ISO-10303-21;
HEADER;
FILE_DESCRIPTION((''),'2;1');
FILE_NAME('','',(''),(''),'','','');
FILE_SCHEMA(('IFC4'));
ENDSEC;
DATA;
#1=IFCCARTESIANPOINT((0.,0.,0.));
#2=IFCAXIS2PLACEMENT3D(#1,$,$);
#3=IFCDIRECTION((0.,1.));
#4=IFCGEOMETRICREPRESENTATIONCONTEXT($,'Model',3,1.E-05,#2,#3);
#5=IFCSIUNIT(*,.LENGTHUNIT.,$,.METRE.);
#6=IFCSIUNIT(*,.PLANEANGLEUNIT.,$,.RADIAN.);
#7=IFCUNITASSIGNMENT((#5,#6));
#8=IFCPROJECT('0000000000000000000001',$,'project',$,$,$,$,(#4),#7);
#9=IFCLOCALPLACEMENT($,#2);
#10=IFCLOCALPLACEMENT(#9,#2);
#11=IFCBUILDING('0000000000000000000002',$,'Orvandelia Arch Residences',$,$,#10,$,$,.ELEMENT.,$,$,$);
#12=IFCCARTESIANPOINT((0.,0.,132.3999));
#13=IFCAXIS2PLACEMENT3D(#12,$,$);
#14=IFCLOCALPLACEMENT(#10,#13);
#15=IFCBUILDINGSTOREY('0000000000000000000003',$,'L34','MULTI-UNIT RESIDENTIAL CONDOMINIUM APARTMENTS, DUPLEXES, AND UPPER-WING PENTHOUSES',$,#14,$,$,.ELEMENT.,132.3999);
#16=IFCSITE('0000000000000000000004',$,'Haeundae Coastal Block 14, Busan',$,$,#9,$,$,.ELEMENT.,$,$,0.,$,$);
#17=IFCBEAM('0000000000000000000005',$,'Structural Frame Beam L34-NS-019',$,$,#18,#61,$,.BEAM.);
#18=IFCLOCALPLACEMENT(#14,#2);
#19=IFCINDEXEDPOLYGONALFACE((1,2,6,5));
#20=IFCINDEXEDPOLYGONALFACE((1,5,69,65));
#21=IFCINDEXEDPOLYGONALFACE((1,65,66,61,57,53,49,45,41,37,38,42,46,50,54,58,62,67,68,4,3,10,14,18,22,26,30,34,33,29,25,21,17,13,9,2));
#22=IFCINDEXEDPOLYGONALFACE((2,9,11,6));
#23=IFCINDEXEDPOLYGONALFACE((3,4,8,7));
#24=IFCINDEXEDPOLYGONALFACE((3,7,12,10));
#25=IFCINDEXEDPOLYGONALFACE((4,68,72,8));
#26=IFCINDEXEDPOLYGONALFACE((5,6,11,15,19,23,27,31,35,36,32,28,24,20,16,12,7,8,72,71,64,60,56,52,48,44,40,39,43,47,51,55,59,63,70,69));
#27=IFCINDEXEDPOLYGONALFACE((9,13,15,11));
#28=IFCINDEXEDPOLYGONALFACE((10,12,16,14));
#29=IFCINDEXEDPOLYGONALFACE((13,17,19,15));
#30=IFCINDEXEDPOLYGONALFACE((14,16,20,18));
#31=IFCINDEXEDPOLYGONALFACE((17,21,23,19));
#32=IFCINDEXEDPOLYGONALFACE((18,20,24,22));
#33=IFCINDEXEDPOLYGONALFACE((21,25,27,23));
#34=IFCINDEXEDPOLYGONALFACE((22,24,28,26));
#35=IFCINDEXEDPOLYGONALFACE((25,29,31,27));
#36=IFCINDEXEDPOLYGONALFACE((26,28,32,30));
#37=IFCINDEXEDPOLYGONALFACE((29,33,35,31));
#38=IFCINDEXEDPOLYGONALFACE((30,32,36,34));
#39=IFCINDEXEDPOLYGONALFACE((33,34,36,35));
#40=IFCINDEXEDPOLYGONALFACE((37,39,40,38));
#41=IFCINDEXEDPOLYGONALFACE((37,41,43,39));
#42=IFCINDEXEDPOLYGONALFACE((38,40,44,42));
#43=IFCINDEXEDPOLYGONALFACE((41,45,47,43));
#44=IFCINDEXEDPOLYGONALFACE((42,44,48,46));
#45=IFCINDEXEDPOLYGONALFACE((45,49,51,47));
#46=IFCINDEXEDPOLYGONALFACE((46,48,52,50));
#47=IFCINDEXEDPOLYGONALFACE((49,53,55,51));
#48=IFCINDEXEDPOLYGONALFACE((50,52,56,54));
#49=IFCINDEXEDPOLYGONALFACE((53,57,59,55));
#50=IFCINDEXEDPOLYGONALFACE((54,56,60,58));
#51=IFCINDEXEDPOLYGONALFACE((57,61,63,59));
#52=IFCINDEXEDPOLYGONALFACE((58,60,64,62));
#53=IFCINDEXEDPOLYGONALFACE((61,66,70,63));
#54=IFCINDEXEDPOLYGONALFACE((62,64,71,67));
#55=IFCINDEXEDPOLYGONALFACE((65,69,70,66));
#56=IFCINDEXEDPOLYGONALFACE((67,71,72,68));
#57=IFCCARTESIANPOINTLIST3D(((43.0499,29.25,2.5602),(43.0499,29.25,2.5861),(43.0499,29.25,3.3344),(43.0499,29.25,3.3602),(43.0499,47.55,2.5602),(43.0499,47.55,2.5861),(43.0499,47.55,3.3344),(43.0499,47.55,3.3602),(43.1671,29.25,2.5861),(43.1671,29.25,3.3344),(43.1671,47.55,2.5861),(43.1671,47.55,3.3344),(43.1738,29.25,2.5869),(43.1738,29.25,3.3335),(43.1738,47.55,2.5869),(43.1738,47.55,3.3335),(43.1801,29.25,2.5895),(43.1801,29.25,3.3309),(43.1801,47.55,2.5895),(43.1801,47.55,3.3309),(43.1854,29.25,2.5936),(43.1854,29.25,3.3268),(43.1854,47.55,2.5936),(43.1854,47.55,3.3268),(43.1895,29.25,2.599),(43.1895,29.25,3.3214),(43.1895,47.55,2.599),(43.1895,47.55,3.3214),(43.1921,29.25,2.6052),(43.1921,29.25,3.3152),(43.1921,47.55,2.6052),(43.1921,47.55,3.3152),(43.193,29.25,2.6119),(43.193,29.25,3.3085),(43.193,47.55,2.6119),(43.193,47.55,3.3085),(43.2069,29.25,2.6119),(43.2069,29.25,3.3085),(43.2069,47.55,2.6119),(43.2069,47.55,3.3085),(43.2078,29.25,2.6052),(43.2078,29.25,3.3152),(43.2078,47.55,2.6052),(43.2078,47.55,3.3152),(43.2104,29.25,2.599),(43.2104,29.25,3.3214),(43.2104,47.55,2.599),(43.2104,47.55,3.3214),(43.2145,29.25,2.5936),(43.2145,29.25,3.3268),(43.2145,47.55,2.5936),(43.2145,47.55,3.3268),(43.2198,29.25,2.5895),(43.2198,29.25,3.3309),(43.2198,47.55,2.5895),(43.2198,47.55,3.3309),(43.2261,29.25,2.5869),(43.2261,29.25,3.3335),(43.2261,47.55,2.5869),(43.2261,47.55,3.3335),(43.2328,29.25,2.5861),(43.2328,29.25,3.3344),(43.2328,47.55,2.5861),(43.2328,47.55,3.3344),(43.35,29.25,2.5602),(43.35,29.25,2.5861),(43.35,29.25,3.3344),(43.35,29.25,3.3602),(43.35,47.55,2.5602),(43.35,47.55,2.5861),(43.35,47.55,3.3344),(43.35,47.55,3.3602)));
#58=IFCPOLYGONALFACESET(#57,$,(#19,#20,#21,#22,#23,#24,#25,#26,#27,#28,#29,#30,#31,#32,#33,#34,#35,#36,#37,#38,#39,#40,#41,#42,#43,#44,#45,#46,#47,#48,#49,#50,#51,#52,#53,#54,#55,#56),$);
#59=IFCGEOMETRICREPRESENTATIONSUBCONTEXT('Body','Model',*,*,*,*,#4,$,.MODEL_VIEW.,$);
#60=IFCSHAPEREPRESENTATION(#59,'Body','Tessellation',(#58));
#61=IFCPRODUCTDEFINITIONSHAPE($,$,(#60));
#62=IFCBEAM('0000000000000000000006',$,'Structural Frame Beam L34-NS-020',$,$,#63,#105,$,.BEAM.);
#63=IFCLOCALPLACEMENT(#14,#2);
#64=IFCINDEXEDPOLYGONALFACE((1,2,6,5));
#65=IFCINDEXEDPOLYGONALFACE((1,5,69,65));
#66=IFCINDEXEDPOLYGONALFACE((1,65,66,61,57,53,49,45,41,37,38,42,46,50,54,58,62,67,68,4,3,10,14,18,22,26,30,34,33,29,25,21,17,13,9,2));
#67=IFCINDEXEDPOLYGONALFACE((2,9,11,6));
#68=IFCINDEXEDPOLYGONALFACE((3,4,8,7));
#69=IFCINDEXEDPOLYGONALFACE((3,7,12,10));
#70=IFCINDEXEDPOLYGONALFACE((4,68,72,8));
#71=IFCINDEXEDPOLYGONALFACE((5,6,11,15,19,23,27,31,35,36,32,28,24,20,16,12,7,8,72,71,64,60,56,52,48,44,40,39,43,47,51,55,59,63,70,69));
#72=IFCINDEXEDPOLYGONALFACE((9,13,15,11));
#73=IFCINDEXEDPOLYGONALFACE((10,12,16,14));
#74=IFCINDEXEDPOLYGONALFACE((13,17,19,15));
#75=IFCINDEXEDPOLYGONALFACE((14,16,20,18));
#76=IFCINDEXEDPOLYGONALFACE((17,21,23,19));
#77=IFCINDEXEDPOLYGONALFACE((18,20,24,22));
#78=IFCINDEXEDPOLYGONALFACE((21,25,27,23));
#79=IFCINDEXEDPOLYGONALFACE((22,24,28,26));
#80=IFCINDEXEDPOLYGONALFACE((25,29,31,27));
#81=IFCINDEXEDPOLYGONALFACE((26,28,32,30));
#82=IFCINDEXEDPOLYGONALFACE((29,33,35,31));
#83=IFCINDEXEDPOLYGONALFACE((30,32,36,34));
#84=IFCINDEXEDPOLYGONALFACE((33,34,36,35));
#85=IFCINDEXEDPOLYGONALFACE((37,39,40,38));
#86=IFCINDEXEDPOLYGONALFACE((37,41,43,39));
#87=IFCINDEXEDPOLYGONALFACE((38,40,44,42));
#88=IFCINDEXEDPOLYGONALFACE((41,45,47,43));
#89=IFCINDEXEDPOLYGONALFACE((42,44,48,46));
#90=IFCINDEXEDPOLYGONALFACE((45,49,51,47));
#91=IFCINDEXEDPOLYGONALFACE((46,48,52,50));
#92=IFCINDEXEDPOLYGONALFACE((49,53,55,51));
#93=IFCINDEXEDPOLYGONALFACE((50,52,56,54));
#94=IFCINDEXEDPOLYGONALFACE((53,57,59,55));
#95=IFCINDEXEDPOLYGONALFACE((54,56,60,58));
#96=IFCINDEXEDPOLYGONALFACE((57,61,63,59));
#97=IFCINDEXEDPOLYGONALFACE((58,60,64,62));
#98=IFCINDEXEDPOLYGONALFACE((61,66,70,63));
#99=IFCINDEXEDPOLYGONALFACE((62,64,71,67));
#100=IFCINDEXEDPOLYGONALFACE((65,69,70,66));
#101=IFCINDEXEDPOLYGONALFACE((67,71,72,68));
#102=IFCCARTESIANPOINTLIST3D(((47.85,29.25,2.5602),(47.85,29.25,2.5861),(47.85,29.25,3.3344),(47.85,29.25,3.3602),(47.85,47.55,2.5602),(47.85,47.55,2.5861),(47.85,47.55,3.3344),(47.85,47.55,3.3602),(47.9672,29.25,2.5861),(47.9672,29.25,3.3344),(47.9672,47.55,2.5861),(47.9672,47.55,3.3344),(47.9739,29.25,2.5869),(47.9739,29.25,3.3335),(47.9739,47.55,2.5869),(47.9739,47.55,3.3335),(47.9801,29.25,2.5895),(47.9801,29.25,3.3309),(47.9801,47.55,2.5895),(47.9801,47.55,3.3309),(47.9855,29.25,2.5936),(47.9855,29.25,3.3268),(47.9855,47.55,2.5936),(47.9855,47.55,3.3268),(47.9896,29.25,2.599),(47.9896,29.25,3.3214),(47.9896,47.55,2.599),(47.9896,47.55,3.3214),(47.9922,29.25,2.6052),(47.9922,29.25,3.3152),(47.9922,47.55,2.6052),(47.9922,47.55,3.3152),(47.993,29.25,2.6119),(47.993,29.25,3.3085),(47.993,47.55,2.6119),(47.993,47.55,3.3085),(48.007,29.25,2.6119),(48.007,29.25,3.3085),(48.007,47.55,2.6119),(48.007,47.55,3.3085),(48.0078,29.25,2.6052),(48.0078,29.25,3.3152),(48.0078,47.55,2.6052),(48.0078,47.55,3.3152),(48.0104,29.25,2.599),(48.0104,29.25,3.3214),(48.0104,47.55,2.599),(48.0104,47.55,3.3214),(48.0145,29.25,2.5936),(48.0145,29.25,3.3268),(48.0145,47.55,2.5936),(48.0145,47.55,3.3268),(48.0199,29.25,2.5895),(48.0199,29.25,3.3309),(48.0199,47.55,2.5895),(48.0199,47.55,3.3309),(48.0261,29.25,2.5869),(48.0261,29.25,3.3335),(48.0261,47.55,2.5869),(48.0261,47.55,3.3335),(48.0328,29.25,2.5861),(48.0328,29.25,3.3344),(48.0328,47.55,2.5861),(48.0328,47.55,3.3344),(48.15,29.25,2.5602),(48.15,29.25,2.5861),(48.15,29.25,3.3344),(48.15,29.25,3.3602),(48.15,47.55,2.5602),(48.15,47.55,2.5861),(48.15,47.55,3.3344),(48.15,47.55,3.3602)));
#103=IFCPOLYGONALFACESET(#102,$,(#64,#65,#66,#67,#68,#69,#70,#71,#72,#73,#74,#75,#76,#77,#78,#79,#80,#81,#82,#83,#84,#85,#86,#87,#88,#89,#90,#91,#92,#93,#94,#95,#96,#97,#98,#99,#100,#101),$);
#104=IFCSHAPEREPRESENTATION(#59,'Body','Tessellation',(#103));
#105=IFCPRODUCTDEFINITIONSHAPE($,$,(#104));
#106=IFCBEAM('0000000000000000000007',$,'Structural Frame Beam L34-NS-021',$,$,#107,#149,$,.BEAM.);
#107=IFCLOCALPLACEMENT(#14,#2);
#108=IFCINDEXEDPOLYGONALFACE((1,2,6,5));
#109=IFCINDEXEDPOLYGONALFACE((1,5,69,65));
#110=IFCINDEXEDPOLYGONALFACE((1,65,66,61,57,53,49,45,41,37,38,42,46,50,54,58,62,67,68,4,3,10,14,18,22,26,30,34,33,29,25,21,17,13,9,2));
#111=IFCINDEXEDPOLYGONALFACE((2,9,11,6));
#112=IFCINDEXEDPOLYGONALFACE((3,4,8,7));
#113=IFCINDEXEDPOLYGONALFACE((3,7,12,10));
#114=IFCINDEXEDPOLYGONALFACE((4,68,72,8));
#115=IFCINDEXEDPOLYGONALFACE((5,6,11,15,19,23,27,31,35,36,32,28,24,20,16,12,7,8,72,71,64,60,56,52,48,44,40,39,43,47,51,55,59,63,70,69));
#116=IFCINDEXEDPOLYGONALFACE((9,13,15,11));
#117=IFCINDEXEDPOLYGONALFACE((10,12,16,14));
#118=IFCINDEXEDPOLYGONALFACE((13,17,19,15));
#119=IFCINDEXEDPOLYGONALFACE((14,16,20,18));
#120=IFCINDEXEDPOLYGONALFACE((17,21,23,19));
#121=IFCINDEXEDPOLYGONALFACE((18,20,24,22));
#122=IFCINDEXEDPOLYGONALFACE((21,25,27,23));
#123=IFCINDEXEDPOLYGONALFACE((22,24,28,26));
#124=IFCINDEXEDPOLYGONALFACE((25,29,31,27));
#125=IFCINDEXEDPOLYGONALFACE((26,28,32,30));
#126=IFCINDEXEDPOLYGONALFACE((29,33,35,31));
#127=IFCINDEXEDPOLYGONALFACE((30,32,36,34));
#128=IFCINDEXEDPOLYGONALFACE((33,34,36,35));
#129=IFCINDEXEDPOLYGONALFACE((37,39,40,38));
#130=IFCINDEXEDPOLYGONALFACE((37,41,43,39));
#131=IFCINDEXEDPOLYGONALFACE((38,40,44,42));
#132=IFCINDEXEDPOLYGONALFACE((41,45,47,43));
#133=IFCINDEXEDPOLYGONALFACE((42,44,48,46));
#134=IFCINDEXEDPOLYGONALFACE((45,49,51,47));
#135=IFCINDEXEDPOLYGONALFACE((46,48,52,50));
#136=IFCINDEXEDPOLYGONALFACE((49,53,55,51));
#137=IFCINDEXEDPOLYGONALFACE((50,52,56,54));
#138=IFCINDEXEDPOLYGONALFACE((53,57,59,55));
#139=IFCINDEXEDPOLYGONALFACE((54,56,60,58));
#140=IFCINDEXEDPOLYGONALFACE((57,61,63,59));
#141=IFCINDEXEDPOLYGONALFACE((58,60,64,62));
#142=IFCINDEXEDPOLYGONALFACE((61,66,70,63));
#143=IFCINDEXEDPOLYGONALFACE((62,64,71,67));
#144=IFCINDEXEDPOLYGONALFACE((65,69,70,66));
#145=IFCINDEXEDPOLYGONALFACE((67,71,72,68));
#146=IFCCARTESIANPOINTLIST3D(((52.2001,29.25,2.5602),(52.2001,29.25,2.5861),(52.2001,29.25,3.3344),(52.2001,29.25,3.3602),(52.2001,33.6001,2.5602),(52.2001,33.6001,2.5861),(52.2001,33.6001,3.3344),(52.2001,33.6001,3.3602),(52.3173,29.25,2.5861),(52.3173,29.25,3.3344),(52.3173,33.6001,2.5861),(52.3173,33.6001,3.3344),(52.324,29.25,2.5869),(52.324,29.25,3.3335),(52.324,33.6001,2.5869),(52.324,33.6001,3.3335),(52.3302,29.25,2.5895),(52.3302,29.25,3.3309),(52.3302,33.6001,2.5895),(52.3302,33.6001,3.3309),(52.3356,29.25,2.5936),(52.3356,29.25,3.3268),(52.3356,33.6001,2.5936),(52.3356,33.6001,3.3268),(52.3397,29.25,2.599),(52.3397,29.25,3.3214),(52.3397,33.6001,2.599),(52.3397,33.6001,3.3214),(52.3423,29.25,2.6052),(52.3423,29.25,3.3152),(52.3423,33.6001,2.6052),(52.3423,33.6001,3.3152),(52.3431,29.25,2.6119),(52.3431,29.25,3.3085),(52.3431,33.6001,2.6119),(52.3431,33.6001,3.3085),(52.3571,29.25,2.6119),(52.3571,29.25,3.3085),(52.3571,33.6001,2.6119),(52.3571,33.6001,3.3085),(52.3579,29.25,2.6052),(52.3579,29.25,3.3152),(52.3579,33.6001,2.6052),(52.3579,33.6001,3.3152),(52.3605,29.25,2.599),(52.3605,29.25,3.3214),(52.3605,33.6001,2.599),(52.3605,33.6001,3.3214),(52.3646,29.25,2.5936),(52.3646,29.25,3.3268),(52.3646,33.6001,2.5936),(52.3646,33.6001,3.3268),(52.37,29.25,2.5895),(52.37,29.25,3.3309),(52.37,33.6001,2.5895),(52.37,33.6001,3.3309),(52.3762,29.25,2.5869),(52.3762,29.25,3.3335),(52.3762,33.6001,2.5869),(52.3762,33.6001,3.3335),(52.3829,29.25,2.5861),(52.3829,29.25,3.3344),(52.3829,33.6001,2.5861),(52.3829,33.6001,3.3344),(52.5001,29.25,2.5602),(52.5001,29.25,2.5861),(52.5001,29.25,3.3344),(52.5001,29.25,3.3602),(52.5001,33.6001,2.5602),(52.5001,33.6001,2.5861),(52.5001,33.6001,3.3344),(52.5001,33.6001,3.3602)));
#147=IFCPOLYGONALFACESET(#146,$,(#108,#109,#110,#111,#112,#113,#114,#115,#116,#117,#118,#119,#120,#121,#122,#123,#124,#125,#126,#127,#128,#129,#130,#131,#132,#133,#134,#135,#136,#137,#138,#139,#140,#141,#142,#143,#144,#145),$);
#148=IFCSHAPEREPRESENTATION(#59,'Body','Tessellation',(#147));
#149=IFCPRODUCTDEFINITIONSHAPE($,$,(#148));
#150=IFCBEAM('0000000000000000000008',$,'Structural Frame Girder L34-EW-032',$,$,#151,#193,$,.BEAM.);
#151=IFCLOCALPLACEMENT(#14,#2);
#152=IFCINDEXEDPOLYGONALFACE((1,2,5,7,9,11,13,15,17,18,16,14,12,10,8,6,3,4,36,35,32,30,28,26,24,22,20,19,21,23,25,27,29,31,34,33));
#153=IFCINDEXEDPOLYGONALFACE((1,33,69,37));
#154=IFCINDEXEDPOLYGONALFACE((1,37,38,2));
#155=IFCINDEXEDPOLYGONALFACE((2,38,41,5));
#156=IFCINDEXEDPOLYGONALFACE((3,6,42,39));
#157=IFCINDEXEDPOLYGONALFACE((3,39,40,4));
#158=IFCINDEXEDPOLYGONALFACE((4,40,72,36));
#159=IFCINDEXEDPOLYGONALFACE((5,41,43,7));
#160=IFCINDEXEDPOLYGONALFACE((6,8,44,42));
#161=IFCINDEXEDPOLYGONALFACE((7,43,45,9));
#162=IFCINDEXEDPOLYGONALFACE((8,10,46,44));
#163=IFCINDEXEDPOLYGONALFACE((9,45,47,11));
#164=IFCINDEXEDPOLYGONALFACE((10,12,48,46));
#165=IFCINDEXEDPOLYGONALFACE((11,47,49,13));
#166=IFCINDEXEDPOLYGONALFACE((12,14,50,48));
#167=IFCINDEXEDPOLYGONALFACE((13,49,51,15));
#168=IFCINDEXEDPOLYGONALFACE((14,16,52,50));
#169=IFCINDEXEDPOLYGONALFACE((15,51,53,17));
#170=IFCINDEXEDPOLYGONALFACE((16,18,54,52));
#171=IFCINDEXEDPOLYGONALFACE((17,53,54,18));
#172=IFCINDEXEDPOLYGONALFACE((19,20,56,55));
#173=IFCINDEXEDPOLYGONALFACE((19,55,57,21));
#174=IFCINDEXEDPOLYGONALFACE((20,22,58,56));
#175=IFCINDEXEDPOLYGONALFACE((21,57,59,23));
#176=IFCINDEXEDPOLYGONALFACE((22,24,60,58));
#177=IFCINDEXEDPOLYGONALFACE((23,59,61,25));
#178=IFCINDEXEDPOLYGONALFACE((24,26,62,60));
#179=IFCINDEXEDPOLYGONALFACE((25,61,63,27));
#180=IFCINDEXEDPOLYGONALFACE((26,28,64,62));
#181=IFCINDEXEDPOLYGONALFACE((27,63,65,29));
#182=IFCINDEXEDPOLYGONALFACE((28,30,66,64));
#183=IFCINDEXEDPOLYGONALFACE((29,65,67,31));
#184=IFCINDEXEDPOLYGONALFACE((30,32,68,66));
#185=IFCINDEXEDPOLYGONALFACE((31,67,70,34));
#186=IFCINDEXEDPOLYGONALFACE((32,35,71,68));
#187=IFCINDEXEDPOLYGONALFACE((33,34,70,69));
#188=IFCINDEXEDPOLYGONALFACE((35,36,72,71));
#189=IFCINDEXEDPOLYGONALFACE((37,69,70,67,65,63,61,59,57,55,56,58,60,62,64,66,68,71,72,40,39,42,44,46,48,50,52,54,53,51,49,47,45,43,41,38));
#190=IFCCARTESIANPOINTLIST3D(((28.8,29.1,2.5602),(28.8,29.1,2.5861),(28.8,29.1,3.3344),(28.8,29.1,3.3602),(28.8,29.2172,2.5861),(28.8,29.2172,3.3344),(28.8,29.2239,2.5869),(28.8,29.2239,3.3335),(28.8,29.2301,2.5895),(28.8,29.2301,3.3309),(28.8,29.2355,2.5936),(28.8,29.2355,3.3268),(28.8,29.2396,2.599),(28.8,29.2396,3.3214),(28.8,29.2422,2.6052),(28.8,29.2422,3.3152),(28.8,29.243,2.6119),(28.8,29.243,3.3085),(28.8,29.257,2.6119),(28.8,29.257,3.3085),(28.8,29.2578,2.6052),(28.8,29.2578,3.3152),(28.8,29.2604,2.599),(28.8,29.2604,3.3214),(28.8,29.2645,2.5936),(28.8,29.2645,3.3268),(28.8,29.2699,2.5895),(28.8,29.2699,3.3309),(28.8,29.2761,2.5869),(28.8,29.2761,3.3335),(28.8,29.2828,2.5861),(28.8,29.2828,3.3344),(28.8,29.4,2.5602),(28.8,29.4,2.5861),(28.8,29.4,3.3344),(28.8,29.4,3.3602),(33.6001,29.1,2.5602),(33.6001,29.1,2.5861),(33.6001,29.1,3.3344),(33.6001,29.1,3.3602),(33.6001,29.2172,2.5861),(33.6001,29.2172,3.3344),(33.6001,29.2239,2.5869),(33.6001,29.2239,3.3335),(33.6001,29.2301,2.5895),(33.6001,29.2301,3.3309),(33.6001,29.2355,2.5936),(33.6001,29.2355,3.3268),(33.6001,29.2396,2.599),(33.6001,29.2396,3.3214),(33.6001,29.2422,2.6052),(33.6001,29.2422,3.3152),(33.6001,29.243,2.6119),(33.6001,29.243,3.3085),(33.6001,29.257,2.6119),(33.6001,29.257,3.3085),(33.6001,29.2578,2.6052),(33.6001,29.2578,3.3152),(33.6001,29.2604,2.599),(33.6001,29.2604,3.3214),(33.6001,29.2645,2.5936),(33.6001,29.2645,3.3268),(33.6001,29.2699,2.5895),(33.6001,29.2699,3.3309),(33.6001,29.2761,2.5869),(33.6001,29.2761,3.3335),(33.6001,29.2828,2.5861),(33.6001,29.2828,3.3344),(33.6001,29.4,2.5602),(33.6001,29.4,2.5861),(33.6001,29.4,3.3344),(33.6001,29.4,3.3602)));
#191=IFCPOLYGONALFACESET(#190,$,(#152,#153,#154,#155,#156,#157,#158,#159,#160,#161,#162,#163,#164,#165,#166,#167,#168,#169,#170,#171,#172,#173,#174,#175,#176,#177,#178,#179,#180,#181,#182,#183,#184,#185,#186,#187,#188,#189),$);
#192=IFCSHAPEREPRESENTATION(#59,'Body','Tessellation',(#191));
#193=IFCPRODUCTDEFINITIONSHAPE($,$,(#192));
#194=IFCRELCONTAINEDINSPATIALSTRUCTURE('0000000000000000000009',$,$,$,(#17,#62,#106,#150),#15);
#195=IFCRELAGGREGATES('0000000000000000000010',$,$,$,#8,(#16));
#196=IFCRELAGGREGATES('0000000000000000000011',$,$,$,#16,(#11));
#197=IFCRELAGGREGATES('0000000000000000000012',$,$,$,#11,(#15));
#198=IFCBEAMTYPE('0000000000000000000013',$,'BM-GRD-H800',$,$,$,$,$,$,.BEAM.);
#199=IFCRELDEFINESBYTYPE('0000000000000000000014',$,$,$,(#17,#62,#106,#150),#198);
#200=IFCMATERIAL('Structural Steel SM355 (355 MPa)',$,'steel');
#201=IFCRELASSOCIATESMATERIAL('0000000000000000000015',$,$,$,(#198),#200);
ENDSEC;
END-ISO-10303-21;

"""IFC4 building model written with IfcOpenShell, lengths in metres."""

from ifc_helpers import new_model, si_unit, direction, frame, origin, origin_2d, place, context, subcontext, project, spatial, i_section, extrude, material, material_profile, profile_set, type_object, element, save


model = new_model("IFC4")

# Units and contexts
model_context = context("Model", 3, precision=1e-05, world=origin(), true_north=direction((0.0, 1.0)))
body_context = subcontext(model_context, "Body", "Model", "MODEL_VIEW")
ifc_project = project(units=[si_unit("LENGTHUNIT", "METRE"), si_unit("PLANEANGLEUNIT", "RADIAN")], contexts=[model_context])

# Site, building, storey
site_placement = place(None, origin())
site = spatial("IfcSite", under=ifc_project, at=site_placement, Name="Haeundae Coastal Block 14, Busan", CompositionType="ELEMENT", RefElevation=0.0)
building_placement = place(site_placement, origin())
building = spatial("IfcBuilding", under=site, at=building_placement, Name="Orvandelia Arch Residences", CompositionType="ELEMENT")
storey_placement = place(building_placement, frame((0.0, 0.0, 132.3999)))
storey = spatial("IfcBuildingStorey", under=building, at=storey_placement, Name="L34", Description="MULTI-UNIT RESIDENTIAL CONDOMINIUM APARTMENTS, DUPLEXES, AND UPPER-WING PENTHOUSES", CompositionType="ELEMENT", Elevation=132.3999)

# Beams
ifc_material_1 = material(Name="Structural Steel SM355 (355 MPa)", Category="steel")
ifc_material_profile_1 = material_profile(ifc_material_1, i_section(OverallWidth=0.3, OverallDepth=0.8, WebThickness=0.0139, FlangeThickness=0.0259, FilletRadius=0.0259, at=origin_2d()), Name="Structural Steel SM355 (355 MPa)", Category="steel")
ifc_profile_set_1 = profile_set([ifc_material_profile_1], Name="Structural Steel SM355 (355 MPa)")
beam_type = type_object("IfcBeamType", Name="BM-GRD-H800", PredefinedType="BEAM", material=ifc_profile_set_1)
for number, where, z_axis, x_axis, name in (
    (1, (43.2, 29.25, 2.9602), (0.0, 1.0, 0.0), (-1.0, 0.0, 0.0), "Structural Frame Beam L34-NS-019"),
    (2, (48.0, 29.25, 2.9602), (0.0, 1.0, 0.0), (-1.0, 0.0, 0.0), "Structural Frame Beam L34-NS-020"),
):
    element("IfcBeam", number, at=place(storey_placement, frame(where, z_axis=z_axis, x_axis=x_axis)), inside=storey, type_object=beam_type, Name=name, PredefinedType="BEAM", context=body_context, shape_type="SweptSolid", body=[
        extrude(i_section(OverallWidth=0.3, OverallDepth=0.8, WebThickness=0.0139, FlangeThickness=0.0259, FilletRadius=0.0259, at=origin_2d()), origin(), (0.0, 0.0, 1.0), 18.3),
    ])
beam_1_placement = place(storey_placement, frame((52.3501, 29.25, 2.9602), z_axis=(0.0, 1.0, 0.0), x_axis=(-1.0, 0.0, 0.0)))
element("IfcBeam", 3, at=beam_1_placement, inside=storey, type_object=beam_type, Name="Structural Frame Beam L34-NS-021", PredefinedType="BEAM", context=body_context, shape_type="SweptSolid", body=[
    extrude(i_section(OverallWidth=0.3, OverallDepth=0.8, WebThickness=0.0139, FlangeThickness=0.0259, FilletRadius=0.0259, at=origin_2d()), origin(), (0.0, 0.0, 1.0), 4.3501),
])
beam_2_placement = place(storey_placement, frame((28.8, 29.25, 2.9602), z_axis=(1.0, 0.0, 0.0), x_axis=(0.0, 1.0, 0.0)))
element("IfcBeam", 4, at=beam_2_placement, inside=storey, type_object=beam_type, Name="Structural Frame Girder L34-EW-032", PredefinedType="BEAM", context=body_context, shape_type="SweptSolid", body=[
    extrude(i_section(OverallWidth=0.3, OverallDepth=0.8, WebThickness=0.0139, FlangeThickness=0.0259, FilletRadius=0.0259, at=origin_2d()), origin(), (0.0, 0.0, 1.0), 4.8),
])

save(model, "model.ifc")
